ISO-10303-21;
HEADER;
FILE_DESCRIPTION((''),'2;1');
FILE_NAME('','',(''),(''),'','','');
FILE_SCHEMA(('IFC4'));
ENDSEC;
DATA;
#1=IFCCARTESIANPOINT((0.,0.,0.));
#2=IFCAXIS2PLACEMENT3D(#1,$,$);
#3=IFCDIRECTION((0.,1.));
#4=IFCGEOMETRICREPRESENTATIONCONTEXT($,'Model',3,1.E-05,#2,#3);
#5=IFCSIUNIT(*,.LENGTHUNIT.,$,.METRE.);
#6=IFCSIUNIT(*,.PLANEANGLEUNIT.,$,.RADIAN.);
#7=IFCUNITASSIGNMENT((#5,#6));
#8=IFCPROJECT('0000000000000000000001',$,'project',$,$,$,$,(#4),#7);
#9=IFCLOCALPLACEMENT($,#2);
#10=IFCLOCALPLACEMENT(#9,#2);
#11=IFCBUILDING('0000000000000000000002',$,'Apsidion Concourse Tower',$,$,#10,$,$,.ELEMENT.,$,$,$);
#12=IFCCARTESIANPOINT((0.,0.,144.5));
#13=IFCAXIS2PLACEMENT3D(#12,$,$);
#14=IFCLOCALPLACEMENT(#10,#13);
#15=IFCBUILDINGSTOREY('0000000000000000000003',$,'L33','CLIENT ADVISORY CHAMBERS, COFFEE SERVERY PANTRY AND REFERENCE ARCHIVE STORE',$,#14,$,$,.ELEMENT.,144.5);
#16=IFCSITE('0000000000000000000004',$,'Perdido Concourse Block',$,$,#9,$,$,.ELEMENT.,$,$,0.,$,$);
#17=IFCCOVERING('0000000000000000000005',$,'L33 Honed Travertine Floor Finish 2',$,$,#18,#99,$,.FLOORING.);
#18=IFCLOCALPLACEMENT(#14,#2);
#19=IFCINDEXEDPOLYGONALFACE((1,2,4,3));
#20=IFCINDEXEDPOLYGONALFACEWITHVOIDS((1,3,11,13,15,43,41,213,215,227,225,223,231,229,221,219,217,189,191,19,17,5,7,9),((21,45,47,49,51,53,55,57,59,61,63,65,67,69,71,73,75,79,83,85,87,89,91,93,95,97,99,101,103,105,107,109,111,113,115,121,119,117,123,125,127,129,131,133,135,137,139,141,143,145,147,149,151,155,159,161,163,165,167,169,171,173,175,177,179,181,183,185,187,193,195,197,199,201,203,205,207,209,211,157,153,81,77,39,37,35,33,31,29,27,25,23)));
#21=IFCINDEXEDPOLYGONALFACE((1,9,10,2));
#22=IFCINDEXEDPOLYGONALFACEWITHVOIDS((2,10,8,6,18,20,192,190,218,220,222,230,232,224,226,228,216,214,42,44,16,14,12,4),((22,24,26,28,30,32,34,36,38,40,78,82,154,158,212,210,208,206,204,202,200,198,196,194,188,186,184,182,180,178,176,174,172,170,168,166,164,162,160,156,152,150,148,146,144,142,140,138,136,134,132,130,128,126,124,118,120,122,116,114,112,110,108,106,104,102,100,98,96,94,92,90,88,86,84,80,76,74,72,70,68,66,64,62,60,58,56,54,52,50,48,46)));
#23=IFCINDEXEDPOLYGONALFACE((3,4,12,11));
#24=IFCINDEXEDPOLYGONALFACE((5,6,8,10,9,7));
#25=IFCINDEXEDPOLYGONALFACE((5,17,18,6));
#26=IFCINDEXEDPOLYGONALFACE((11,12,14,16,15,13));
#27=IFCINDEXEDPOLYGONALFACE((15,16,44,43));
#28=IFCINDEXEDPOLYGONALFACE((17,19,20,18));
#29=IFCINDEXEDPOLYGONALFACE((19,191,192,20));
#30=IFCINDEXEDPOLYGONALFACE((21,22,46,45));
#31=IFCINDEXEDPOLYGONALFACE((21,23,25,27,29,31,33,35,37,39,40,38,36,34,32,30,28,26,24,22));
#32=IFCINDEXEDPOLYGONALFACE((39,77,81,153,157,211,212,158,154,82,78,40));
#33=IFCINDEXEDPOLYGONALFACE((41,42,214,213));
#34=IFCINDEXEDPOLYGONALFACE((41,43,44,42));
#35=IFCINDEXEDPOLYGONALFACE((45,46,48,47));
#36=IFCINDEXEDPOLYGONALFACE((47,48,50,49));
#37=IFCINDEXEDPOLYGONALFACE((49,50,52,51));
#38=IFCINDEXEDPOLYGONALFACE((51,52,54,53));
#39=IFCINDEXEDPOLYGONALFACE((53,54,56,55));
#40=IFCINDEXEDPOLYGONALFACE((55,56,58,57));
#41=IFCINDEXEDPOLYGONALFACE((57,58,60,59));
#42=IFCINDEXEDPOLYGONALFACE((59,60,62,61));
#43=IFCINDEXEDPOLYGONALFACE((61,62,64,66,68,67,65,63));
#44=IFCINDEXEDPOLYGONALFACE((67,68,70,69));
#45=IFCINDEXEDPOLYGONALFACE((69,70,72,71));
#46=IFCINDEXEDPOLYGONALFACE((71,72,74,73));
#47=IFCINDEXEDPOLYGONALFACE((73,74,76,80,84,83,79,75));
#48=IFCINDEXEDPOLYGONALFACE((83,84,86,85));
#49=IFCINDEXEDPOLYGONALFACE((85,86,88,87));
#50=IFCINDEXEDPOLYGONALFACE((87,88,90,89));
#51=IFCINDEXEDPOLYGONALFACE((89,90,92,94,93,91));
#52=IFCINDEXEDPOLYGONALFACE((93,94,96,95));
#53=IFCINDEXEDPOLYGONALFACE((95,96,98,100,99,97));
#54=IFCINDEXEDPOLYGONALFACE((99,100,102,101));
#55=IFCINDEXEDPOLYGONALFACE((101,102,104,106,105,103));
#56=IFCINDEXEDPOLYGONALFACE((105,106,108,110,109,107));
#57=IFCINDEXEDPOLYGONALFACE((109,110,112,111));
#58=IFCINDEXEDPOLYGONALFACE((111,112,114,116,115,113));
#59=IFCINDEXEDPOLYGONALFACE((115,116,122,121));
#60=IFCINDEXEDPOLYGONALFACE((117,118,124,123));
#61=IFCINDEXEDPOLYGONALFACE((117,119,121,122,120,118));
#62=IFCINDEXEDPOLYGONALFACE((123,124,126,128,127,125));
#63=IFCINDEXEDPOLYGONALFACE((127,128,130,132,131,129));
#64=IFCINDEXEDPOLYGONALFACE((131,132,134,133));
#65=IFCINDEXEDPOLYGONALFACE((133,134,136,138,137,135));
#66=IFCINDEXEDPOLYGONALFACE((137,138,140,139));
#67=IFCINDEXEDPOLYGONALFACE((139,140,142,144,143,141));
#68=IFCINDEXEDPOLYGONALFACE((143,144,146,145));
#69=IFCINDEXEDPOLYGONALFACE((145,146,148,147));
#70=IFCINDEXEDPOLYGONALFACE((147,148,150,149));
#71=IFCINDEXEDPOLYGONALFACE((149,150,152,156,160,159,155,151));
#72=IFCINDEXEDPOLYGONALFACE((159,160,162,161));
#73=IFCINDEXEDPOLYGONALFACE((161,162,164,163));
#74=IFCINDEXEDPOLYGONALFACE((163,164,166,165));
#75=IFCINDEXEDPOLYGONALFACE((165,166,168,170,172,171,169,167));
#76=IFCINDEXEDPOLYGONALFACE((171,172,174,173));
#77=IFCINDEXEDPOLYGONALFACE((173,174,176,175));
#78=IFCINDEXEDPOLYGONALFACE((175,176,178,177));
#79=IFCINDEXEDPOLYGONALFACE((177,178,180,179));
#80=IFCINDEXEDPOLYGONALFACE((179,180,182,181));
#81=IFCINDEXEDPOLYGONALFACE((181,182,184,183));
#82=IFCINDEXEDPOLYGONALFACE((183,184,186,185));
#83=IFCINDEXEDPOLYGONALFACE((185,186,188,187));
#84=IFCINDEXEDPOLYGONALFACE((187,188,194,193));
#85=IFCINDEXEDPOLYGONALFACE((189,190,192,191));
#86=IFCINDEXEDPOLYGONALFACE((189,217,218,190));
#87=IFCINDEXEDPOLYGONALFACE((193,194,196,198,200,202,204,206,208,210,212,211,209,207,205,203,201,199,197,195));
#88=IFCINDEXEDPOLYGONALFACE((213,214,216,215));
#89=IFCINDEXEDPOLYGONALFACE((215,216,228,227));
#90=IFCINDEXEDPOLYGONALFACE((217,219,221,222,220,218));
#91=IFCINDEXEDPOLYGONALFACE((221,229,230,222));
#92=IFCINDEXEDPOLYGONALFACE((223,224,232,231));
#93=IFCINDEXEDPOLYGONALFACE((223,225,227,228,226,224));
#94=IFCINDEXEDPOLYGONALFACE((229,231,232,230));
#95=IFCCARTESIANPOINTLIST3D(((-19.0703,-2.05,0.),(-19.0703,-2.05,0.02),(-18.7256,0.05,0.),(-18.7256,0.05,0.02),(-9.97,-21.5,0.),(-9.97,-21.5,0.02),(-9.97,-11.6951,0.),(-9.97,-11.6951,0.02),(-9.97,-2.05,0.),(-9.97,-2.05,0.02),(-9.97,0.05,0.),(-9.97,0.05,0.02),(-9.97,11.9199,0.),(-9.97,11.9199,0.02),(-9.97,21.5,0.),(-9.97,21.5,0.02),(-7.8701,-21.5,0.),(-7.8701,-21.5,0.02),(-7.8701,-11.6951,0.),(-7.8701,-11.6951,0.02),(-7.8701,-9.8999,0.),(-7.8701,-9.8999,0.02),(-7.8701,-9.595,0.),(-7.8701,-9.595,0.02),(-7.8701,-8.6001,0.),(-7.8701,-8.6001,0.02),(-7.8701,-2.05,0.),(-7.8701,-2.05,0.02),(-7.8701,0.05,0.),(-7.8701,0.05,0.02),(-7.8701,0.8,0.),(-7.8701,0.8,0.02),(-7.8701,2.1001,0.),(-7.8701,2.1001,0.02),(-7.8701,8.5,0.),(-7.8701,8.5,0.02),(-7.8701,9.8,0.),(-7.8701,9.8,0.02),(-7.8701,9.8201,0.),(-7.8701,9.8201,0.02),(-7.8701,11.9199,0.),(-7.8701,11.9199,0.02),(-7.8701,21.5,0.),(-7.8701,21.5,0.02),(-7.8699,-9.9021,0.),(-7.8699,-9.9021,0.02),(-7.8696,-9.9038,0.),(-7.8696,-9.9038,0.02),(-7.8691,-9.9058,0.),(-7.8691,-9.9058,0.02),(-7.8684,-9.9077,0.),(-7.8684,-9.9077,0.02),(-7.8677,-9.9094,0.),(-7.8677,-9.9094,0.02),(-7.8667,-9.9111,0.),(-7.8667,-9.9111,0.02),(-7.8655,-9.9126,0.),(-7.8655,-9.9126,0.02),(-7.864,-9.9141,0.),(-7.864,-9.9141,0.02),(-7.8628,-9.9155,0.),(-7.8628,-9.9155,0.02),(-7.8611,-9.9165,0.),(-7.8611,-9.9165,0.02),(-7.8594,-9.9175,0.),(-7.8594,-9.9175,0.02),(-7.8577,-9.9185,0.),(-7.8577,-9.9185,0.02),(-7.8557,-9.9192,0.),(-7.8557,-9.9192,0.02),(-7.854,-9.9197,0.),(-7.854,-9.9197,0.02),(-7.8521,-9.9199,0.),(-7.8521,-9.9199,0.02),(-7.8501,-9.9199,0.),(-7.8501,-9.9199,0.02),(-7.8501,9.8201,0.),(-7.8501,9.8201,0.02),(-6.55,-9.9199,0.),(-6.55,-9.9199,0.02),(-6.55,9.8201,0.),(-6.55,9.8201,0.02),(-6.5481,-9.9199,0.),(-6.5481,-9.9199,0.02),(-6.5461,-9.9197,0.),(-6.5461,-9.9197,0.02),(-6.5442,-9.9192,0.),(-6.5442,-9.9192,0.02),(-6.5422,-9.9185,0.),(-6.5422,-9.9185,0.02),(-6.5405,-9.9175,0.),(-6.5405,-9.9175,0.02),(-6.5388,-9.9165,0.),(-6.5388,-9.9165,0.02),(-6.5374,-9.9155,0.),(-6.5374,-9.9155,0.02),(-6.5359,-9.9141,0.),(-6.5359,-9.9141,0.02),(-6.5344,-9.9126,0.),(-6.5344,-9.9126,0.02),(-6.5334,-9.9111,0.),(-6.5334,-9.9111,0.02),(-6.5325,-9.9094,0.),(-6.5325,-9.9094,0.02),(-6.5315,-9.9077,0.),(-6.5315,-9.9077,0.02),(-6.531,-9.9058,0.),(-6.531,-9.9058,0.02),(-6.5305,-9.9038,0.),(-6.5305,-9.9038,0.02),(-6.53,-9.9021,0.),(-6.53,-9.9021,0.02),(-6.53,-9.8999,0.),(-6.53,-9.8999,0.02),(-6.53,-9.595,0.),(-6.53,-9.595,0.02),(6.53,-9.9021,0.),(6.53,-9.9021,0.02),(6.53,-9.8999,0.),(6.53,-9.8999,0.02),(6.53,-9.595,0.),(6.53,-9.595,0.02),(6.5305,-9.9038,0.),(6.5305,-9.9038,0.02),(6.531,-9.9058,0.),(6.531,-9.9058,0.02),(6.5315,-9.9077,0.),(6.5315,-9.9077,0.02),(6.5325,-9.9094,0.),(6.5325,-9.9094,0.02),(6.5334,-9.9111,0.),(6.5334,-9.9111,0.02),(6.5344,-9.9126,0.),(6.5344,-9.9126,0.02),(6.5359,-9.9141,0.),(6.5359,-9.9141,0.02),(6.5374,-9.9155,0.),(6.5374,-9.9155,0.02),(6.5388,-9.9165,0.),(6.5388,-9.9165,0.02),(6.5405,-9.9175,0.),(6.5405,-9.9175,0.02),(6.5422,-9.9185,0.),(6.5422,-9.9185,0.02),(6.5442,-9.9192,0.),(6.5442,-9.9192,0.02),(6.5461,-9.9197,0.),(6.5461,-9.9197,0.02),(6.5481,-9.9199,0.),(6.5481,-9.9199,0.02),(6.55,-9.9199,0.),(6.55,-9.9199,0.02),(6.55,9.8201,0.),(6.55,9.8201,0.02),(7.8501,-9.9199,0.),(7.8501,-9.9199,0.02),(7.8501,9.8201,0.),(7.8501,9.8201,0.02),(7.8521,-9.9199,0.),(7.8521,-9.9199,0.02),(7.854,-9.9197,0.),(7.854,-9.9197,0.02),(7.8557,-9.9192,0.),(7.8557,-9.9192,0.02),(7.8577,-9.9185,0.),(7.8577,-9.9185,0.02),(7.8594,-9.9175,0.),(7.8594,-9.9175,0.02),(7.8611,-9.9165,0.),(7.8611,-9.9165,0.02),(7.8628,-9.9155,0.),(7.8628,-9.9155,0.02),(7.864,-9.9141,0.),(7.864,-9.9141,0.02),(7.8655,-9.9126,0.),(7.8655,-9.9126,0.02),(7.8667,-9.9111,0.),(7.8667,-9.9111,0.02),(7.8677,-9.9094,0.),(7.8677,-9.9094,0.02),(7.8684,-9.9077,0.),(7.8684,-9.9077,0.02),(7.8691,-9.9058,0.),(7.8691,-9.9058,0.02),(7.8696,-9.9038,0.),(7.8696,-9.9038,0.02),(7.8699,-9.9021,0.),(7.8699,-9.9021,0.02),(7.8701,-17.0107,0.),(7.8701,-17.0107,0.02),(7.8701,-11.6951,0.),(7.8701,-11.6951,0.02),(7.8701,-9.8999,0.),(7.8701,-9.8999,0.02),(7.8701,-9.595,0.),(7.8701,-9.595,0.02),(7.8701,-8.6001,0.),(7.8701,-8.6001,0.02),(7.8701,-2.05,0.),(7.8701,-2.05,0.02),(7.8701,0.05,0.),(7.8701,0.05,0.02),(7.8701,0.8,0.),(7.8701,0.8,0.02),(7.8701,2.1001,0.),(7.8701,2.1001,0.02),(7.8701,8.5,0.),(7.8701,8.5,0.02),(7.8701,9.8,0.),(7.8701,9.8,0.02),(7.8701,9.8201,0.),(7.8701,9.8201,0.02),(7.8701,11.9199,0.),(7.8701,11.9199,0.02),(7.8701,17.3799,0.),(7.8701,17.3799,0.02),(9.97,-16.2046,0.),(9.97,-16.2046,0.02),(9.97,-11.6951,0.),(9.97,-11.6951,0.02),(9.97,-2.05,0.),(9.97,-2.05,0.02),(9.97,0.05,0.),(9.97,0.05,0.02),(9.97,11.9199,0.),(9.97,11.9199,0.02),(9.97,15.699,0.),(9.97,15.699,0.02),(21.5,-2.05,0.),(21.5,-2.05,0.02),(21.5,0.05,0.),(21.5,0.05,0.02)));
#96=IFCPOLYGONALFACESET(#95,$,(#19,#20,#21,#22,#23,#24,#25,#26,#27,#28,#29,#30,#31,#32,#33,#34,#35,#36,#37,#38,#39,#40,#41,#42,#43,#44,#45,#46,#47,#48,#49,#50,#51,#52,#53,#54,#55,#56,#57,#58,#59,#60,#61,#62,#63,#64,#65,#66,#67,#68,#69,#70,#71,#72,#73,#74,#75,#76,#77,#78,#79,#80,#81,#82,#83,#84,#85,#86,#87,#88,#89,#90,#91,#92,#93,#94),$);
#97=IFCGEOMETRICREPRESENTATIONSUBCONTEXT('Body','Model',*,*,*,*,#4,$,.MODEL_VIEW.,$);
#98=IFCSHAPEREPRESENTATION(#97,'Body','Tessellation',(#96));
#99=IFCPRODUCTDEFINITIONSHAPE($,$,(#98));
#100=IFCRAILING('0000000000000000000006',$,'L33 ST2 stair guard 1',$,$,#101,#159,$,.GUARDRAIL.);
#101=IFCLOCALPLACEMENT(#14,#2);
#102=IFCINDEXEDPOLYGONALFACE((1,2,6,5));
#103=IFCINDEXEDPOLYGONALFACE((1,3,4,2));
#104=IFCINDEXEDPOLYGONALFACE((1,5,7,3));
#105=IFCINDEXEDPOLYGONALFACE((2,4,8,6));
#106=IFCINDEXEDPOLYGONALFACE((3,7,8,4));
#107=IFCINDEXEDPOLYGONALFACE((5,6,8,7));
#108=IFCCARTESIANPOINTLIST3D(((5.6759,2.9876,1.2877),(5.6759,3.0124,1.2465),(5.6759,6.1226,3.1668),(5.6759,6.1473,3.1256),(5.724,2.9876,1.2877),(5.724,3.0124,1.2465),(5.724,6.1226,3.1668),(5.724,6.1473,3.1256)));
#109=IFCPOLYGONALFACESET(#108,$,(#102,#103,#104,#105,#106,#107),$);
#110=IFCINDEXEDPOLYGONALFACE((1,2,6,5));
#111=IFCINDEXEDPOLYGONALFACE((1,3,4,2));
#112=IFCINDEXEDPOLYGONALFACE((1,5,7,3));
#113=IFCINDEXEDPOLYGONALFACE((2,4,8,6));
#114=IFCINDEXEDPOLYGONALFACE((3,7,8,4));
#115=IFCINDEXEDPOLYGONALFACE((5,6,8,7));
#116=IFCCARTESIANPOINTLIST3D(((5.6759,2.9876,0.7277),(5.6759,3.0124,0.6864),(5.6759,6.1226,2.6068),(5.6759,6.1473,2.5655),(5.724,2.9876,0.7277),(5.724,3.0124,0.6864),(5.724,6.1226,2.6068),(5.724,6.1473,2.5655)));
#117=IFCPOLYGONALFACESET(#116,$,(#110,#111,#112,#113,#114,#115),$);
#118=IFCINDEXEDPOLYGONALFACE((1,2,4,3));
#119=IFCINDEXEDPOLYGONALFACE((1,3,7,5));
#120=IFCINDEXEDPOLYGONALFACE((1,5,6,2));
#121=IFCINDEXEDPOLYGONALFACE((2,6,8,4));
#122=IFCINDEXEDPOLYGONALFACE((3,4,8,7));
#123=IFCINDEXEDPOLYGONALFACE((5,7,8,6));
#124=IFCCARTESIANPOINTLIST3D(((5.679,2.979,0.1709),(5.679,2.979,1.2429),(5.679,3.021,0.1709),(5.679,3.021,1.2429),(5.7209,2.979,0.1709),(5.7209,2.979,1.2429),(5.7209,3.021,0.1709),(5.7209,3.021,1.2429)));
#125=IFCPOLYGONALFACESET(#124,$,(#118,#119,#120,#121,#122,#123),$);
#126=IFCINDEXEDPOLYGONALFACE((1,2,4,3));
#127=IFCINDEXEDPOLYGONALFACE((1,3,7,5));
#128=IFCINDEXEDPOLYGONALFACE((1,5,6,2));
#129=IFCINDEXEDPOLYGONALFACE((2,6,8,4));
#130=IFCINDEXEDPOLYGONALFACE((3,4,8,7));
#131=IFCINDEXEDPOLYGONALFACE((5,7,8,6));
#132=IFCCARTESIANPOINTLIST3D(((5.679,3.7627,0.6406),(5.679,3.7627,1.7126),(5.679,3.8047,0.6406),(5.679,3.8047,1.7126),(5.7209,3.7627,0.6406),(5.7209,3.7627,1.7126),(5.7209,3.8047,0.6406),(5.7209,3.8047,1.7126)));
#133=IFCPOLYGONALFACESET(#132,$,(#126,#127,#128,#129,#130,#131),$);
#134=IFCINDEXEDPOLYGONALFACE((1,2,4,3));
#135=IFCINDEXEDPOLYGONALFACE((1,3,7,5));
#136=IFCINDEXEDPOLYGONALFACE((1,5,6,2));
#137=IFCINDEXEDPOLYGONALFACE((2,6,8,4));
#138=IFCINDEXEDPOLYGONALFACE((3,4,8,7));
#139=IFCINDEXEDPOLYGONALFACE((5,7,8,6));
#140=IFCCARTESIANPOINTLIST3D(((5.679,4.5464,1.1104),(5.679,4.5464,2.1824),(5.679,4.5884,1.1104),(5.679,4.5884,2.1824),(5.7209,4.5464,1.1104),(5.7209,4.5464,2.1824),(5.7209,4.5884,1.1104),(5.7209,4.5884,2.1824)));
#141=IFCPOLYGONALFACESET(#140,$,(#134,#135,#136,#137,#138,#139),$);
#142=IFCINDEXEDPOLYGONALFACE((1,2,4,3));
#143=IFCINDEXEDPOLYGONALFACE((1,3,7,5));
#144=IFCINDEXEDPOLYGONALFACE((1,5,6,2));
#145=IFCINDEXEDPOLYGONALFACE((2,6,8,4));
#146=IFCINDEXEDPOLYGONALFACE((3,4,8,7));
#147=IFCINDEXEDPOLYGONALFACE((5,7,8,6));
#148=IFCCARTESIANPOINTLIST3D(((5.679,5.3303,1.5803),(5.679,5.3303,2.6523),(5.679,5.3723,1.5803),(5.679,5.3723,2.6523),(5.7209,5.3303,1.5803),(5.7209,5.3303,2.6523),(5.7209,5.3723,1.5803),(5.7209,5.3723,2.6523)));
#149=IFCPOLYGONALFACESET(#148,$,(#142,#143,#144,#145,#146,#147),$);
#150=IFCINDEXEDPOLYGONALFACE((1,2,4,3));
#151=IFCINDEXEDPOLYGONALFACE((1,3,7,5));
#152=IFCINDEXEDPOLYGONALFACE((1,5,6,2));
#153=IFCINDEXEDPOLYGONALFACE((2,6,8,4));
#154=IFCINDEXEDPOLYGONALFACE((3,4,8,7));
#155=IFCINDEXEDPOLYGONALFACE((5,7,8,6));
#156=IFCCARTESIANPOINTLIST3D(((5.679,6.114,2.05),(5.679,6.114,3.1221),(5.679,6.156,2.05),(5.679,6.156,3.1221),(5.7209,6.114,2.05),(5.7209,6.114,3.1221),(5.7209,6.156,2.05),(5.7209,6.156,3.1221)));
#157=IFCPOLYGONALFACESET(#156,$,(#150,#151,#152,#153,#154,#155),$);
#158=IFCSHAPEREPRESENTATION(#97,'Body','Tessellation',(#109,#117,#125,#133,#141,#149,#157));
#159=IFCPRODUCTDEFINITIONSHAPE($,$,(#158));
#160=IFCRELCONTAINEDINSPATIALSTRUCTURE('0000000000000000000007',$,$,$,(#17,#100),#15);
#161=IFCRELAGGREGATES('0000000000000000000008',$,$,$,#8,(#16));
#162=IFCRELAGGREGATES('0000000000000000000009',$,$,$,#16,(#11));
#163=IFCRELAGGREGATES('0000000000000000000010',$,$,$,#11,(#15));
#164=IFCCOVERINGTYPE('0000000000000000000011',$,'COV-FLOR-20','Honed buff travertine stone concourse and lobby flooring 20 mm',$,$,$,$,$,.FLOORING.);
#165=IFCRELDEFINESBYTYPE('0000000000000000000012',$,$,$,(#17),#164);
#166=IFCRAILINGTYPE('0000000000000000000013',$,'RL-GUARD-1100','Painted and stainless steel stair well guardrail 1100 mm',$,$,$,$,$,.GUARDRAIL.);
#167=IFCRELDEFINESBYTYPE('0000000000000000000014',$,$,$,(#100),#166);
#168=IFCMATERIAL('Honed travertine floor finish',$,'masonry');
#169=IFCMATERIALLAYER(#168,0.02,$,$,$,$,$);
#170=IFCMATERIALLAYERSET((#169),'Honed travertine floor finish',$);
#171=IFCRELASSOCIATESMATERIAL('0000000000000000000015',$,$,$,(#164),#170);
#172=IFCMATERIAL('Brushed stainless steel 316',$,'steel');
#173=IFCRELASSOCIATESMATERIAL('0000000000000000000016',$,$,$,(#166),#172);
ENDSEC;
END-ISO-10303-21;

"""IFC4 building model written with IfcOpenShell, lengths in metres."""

from ifc_helpers import new_model, si_unit, direction, frame, origin, origin_2d, place, context, subcontext, project, spatial, polyline, rectangle, outline, extrude, material, layer, layer_set, type_object, element, save


model = new_model("IFC4")

# Units and contexts
model_context = context("Model", 3, precision=1e-05, world=origin(), true_north=direction((0.0, 1.0)))
body_context = subcontext(model_context, "Body", "Model", "MODEL_VIEW")
ifc_project = project(units=[si_unit("LENGTHUNIT", "METRE"), si_unit("PLANEANGLEUNIT", "RADIAN")], contexts=[model_context])

# Site, building, storey
site_placement = place(None, origin())
site = spatial("IfcSite", under=ifc_project, at=site_placement, Name="Perdido Concourse Block", CompositionType="ELEMENT", RefElevation=0.0)
building_placement = place(site_placement, origin())
building = spatial("IfcBuilding", under=site, at=building_placement, Name="Apsidion Concourse Tower", CompositionType="ELEMENT")
storey_placement = place(building_placement, frame((0.0, 0.0, 144.5)))
storey = spatial("IfcBuildingStorey", under=building, at=storey_placement, Name="L33", Description="CLIENT ADVISORY CHAMBERS, COFFEE SERVERY PANTRY AND REFERENCE ARCHIVE STORE", CompositionType="ELEMENT", Elevation=144.5)

# Shared definitions
ifc_material_1 = material(Name="Brushed stainless steel 316", Category="steel")

# Covering
ifc_material_2 = material(Name="Honed travertine floor finish", Category="masonry")
ifc_layer_1 = layer(ifc_material_2, 0.02)
ifc_layer_set_1 = layer_set([ifc_layer_1], Name="Honed travertine floor finish")
covering_type_1 = type_object("IfcCoveringType", Name="COV-FLOR-20", Description="Honed buff travertine stone concourse and lobby flooring 20 mm", PredefinedType="FLOORING", material=ifc_layer_set_1)
covering_1_placement = place(storey_placement, origin())
element("IfcCovering", 1, at=covering_1_placement, inside=storey, type_object=covering_type_1, Name="L33 Honed Travertine Floor Finish 2", PredefinedType="FLOORING", context=body_context, shape_type="SweptSolid", body=[
    extrude(outline(polyline([(9.97, -16.2046), (7.8701, -17.0107), (7.8701, -11.6951), (-7.8701, -11.6951), (-7.8701, -21.5), (-9.97, -21.5), (-9.97, -11.6951), (-9.97, -2.05), (-19.0703, -2.05), (-18.7256, 0.05), (-9.97, 0.05), (-9.97, 11.9199), (-9.97, 21.5), (-7.8701, 21.5), (-7.8701, 11.9199), (7.8701, 11.9199), (7.8701, 17.3799), (9.97, 15.699), (9.97, 11.9199), (9.97, 0.05), (21.5, 0.05), (21.5, -2.05), (9.97, -2.05), (9.97, -11.6951), (9.97, -16.2046)]), holes=[polyline([(7.8701, -8.6001), (7.8701, -2.05), (7.8701, 0.05), (7.8701, 0.8), (7.8701, 2.1001), (7.8701, 8.5), (7.8701, 9.8), (7.8701, 9.8201), (7.8501, 9.8201), (6.55, 9.8201), (-6.55, 9.8201), (-7.8501, 9.8201), (-7.8701, 9.8201), (-7.8701, 9.8), (-7.8701, 8.5), (-7.8701, 2.1001), (-7.8701, 0.8), (-7.8701, 0.05), (-7.8701, -2.05), (-7.8701, -8.6001), (-7.8701, -9.595), (-7.8701, -9.8999), (-7.8699, -9.9021), (-7.8696, -9.9038), (-7.8691, -9.9058), (-7.8684, -9.9077), (-7.8677, -9.9094), (-7.8667, -9.9111), (-7.8655, -9.9126), (-7.864, -9.9141), (-7.8628, -9.9155), (-7.8611, -9.9165), (-7.8594, -9.9175), (-7.8577, -9.9185), (-7.8557, -9.9192), (-7.854, -9.9197), (-7.8521, -9.9199), (-7.8501, -9.9199), (-6.55, -9.9199), (-6.5481, -9.9199), (-6.5461, -9.9197), (-6.5442, -9.9192), (-6.5422, -9.9185), (-6.5405, -9.9175), (-6.5388, -9.9165), (-6.5374, -9.9155), (-6.5359, -9.9141), (-6.5344, -9.9126), (-6.5334, -9.9111), (-6.5325, -9.9094), (-6.5315, -9.9077), (-6.531, -9.9058), (-6.5305, -9.9038), (-6.53, -9.9021), (-6.53, -9.8999), (-6.53, -9.595), (6.53, -9.595), (6.53, -9.8999), (6.53, -9.9021), (6.5305, -9.9038), (6.531, -9.9058), (6.5315, -9.9077), (6.5325, -9.9094), (6.5334, -9.9111), (6.5344, -9.9126), (6.5359, -9.9141), (6.5374, -9.9155), (6.5388, -9.9165), (6.5405, -9.9175), (6.5422, -9.9185), (6.5442, -9.9192), (6.5461, -9.9197), (6.5481, -9.9199), (6.55, -9.9199), (7.8501, -9.9199), (7.8521, -9.9199), (7.854, -9.9197), (7.8557, -9.9192), (7.8577, -9.9185), (7.8594, -9.9175), (7.8611, -9.9165), (7.8628, -9.9155), (7.864, -9.9141), (7.8655, -9.9126), (7.8667, -9.9111), (7.8677, -9.9094), (7.8684, -9.9077), (7.8691, -9.9058), (7.8696, -9.9038), (7.8699, -9.9021), (7.8701, -9.8999), (7.8701, -9.595), (7.8701, -8.6001)])]), origin(), (0.0, 0.0, 1.0), 0.02),
])

# Railing
railing_type_1 = type_object("IfcRailingType", Name="RL-GUARD-1100", Description="Painted and stainless steel stair well guardrail 1100 mm", PredefinedType="GUARDRAIL", material=ifc_material_1)
railing_1_placement = place(storey_placement, frame((5.7, 3.0, 0.1709)))
element("IfcRailing", 2, at=railing_1_placement, inside=storey, type_object=railing_type_1, Name="L33 ST2 stair guard 1", PredefinedType="GUARDRAIL", context=body_context, shape_type="SweptSolid", body=[
    extrude(rectangle(XDim=0.0481, YDim=0.0481, at=origin_2d()), frame((0.0, 0.0, 1.0962), z_axis=(0.0, 0.857717, 0.514122), x_axis=(-1.0, 0.0, 0.0)), (0.0, 0.0, 1.0), 3.655),
    extrude(rectangle(XDim=0.0481, YDim=0.0481, at=origin_2d()), frame((0.0, 0.0, 0.5361), z_axis=(0.0, 0.857717, 0.514122), x_axis=(-1.0, 0.0, 0.0)), (0.0, 0.0, 1.0), 3.655),
    extrude(rectangle(XDim=0.042, YDim=0.042, at=origin_2d()), origin(), (0.0, 0.0, 1.0), 1.072),
    extrude(rectangle(XDim=0.042, YDim=0.042, at=origin_2d()), frame((0.0, 0.7837, 0.4697)), (0.0, 0.0, 1.0), 1.072),
    extrude(rectangle(XDim=0.042, YDim=0.042, at=origin_2d()), frame((0.0, 1.5674, 0.9395)), (0.0, 0.0, 1.0), 1.072),
    extrude(rectangle(XDim=0.042, YDim=0.042, at=origin_2d()), frame((0.0, 2.3513, 1.4094)), (0.0, 0.0, 1.0), 1.072),
    extrude(rectangle(XDim=0.042, YDim=0.042, at=origin_2d()), frame((0.0, 3.135, 1.8792)), (0.0, 0.0, 1.0), 1.072),
])

save(model, "model.ifc")
